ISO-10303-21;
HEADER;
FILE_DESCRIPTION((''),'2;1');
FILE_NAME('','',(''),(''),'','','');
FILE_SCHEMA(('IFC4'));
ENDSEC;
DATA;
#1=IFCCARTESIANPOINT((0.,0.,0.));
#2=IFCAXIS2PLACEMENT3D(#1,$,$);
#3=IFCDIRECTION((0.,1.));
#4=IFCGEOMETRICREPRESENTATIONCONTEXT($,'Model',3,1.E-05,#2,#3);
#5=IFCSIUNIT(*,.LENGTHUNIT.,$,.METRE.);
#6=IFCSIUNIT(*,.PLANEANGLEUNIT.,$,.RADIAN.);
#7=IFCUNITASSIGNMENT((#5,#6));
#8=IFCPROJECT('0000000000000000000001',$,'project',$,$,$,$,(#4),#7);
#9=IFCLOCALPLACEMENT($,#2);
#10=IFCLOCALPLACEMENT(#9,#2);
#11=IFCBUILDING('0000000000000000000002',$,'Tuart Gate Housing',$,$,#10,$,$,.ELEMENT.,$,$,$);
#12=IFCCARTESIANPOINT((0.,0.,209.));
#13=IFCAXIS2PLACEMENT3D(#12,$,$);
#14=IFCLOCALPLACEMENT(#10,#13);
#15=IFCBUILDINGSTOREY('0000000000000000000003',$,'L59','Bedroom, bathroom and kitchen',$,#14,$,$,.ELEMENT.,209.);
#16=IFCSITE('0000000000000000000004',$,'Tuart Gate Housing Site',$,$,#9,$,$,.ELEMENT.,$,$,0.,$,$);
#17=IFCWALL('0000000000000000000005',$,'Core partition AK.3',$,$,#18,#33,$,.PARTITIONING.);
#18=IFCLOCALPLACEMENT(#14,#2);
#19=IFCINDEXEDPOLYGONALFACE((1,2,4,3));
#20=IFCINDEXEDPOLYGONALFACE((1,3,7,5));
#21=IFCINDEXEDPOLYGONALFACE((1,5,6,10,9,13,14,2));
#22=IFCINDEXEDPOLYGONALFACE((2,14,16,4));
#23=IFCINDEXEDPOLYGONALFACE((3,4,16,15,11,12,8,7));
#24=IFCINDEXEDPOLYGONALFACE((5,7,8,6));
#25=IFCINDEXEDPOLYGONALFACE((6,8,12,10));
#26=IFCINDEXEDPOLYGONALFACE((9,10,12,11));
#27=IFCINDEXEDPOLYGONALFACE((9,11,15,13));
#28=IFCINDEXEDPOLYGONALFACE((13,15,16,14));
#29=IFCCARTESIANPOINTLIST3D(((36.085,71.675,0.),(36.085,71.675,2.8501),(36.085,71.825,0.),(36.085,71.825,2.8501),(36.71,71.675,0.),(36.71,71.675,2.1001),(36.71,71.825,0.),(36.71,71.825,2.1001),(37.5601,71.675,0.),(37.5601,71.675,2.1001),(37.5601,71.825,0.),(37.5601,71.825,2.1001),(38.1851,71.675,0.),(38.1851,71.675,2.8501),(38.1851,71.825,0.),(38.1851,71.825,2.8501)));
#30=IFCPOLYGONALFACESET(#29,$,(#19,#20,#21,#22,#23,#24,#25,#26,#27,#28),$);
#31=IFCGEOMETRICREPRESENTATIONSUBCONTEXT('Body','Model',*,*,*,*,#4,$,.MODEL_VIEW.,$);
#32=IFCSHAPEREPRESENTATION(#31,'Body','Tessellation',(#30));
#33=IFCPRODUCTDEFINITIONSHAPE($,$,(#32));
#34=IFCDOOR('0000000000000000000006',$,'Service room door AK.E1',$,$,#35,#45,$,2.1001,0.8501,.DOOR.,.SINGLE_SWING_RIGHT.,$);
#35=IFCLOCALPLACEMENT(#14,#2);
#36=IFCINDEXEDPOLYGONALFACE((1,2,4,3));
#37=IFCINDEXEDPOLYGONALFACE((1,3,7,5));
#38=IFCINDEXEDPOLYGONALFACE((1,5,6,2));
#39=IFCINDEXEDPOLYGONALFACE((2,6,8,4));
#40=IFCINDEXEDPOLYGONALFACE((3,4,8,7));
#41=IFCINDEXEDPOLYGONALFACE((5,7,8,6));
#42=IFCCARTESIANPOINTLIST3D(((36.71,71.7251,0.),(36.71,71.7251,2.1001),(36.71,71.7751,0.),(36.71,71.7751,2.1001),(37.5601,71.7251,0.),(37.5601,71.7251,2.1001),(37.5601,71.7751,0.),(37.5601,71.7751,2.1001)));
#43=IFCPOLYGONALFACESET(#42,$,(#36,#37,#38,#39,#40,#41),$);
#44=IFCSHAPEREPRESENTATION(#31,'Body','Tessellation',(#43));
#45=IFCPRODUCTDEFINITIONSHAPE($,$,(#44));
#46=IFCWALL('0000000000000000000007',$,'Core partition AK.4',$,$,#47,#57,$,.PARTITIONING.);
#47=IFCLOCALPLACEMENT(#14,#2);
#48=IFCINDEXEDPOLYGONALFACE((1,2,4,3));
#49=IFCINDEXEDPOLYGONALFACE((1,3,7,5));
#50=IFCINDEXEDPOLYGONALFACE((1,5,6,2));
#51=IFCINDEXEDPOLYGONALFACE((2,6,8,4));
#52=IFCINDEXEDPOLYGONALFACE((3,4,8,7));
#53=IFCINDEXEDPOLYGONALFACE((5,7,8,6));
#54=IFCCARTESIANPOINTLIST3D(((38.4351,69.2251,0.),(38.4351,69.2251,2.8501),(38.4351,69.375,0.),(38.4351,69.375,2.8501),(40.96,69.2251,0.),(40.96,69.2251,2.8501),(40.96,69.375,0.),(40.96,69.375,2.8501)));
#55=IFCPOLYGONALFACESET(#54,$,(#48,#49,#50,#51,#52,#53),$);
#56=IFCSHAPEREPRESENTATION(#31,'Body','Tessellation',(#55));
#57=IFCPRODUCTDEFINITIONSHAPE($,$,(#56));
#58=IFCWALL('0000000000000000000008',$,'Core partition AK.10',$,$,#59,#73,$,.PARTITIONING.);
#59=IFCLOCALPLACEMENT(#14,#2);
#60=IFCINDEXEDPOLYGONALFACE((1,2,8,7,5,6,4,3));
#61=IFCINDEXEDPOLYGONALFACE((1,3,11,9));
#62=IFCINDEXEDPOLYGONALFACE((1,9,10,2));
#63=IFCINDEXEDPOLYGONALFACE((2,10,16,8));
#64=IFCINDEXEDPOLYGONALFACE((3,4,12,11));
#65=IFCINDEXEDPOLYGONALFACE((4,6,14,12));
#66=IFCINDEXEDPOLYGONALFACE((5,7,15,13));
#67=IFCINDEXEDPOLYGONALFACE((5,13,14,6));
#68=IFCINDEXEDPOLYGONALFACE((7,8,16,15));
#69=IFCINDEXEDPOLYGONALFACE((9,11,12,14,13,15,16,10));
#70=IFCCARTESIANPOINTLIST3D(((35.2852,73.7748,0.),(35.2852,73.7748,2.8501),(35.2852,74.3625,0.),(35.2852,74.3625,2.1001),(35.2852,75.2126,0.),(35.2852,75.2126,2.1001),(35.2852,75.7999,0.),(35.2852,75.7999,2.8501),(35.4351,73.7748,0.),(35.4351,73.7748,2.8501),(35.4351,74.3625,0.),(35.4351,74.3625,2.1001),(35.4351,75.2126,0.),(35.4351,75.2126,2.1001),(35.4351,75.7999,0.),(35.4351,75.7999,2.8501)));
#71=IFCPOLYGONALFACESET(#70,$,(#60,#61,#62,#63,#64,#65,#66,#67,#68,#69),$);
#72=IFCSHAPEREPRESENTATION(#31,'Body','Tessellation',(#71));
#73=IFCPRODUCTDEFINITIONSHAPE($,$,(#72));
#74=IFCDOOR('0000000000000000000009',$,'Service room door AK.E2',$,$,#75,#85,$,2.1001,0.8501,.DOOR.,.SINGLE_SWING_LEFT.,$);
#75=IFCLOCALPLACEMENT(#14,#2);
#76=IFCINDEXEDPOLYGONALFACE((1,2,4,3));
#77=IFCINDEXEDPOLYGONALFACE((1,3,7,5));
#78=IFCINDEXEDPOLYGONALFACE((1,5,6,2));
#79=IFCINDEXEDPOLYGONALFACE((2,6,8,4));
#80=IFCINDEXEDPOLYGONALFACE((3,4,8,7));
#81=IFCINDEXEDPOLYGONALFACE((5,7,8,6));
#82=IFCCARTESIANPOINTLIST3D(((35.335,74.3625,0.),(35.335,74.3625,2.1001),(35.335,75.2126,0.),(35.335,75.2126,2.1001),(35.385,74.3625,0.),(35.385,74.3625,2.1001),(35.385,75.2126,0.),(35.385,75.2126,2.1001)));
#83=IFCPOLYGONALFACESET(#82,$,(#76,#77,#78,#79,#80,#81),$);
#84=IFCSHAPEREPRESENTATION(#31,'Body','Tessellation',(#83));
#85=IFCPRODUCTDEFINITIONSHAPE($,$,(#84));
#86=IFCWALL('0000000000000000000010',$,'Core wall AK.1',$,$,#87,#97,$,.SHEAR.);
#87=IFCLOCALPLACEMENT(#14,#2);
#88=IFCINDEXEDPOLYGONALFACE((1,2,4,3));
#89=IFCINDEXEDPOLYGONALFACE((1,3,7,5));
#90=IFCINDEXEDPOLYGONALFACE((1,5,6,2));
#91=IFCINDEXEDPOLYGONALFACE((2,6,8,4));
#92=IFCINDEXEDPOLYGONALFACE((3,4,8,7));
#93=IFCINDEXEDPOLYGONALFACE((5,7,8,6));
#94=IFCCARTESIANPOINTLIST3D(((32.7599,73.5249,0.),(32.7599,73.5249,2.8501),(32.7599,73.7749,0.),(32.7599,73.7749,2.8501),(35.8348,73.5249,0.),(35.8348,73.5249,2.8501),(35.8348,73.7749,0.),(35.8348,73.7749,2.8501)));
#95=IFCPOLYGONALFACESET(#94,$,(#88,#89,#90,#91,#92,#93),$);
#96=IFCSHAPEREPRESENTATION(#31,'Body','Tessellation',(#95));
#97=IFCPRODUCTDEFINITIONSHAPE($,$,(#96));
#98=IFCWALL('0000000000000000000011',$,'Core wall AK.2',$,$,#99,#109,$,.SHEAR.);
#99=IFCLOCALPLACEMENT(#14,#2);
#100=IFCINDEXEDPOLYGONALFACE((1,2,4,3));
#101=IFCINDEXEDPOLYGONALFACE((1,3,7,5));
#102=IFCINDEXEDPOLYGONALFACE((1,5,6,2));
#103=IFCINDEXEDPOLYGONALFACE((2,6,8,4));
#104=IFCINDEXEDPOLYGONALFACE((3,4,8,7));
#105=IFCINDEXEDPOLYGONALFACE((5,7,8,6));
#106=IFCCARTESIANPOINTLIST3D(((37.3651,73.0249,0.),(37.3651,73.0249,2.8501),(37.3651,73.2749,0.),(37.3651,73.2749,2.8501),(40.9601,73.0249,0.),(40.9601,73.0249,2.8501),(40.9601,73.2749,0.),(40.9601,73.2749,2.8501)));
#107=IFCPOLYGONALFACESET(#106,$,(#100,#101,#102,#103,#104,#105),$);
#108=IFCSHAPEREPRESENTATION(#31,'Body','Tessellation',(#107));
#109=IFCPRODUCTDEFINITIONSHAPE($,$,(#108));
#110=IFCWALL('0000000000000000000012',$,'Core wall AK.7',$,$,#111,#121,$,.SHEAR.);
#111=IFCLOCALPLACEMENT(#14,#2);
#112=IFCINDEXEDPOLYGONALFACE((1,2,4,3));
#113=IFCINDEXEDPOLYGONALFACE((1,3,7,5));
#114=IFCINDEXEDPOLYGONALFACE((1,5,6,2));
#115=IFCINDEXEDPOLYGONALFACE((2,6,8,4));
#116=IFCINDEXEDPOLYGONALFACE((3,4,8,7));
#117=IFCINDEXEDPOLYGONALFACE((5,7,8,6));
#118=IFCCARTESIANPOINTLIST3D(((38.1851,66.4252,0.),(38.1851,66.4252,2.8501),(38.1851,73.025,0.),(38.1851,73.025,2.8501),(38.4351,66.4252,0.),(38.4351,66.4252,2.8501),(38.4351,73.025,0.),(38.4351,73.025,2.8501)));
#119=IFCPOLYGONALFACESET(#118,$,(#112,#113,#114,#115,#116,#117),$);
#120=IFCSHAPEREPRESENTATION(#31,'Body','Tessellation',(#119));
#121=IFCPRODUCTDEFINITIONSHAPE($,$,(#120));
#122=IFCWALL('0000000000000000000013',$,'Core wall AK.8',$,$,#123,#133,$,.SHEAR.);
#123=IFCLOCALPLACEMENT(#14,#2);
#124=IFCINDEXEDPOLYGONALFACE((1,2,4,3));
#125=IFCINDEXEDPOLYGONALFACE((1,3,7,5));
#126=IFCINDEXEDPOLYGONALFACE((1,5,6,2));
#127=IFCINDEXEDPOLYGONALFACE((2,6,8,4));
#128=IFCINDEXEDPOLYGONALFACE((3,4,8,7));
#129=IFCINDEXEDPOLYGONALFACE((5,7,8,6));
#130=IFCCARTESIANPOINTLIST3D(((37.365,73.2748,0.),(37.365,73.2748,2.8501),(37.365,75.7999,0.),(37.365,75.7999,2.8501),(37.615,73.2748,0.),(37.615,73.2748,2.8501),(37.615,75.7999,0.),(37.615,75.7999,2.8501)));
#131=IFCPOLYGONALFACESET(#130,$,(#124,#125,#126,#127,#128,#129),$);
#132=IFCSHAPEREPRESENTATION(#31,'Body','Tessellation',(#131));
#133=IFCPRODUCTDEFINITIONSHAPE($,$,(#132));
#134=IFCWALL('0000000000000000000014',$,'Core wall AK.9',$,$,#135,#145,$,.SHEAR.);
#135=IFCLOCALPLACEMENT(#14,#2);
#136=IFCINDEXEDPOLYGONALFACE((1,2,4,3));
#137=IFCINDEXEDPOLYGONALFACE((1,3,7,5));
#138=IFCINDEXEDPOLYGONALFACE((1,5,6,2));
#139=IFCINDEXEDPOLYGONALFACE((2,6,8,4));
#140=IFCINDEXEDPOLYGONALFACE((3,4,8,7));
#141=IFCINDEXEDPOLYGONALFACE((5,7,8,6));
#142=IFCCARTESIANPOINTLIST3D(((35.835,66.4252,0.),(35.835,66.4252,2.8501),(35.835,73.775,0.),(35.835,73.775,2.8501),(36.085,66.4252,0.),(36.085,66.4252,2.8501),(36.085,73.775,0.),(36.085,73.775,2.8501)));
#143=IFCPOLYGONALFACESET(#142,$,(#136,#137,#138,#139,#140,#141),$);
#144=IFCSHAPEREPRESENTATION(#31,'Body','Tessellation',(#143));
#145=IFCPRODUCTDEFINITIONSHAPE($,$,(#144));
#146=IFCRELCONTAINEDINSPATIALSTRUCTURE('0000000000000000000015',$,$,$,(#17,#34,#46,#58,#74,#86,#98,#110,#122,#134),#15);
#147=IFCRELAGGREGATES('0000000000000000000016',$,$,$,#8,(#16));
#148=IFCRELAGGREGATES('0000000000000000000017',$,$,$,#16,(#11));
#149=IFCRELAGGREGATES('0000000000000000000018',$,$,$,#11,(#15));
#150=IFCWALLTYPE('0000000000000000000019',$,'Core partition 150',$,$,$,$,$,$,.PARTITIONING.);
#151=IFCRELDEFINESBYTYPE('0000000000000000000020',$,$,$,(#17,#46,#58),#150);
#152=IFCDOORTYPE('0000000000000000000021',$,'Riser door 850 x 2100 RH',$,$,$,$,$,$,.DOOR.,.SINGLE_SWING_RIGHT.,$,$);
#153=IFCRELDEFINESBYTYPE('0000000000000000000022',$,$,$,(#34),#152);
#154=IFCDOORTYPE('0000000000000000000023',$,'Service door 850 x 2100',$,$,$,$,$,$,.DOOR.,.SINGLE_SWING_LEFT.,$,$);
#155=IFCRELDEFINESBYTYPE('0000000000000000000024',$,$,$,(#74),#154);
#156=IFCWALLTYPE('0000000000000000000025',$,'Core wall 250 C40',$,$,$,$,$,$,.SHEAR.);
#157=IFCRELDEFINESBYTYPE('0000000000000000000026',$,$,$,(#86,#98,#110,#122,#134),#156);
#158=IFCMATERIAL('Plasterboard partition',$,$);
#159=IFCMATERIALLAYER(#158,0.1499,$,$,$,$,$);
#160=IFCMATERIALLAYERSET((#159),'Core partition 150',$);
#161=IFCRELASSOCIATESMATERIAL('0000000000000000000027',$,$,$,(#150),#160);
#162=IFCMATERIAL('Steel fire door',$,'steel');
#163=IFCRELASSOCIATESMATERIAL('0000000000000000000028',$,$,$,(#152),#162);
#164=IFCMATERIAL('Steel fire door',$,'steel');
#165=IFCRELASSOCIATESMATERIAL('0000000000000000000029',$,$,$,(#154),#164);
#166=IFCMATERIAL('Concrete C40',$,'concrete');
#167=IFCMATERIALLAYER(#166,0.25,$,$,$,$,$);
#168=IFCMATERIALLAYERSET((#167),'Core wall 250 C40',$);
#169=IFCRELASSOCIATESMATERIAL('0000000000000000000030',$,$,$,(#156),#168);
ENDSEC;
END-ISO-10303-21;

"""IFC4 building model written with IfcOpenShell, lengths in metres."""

from ifc_helpers import new_model, si_unit, direction, frame, frame_2d, origin, place, context, subcontext, project, spatial, rectangle, extrude, material, layer, layer_set, type_object, element, fill, save


model = new_model("IFC4")

# Units and contexts
model_context = context("Model", 3, precision=1e-05, world=origin(), true_north=direction((0.0, 1.0)))
body_context = subcontext(model_context, "Body", "Model", "MODEL_VIEW")
ifc_project = project(units=[si_unit("LENGTHUNIT", "METRE"), si_unit("PLANEANGLEUNIT", "RADIAN")], contexts=[model_context])

# Site, building, storey
site_placement = place(None, origin())
site = spatial("IfcSite", under=ifc_project, at=site_placement, Name="Tuart Gate Housing Site", CompositionType="ELEMENT", RefElevation=0.0)
building_placement = place(site_placement, origin())
building = spatial("IfcBuilding", under=site, at=building_placement, Name="Tuart Gate Housing", CompositionType="ELEMENT")
storey_placement = place(building_placement, frame((0.0, 0.0, 209.0)))
storey = spatial("IfcBuildingStorey", under=building, at=storey_placement, Name="L59", Description="Bedroom, bathroom and kitchen", CompositionType="ELEMENT", Elevation=209.0)

# Wall, opening, door
ifc_material_1 = material(Name="Plasterboard partition")
ifc_layer_1 = layer(ifc_material_1, 0.1499)
ifc_layer_set_1 = layer_set([ifc_layer_1], Name="Core partition 150")
wall_type_1 = type_object("IfcWallType", Name="Core partition 150", PredefinedType="PARTITIONING", material=ifc_layer_set_1)
wall_1_placement = place(storey_placement, frame((38.1851, 71.75, 0.0), z_axis=(0.0, 0.0, 1.0), x_axis=(-1.0, 0.0, 0.0)))
wall_1 = element("IfcWall", 1, at=wall_1_placement, inside=storey, type_object=wall_type_1, Name="Core partition AK.3", PredefinedType="PARTITIONING", context=body_context, shape_type="SweptSolid", body=[
    extrude(rectangle(XDim=2.1001, YDim=0.1499, at=frame_2d((1.05, 0.0))), origin(), (0.0, 0.0, 1.0), 2.8501),
])
opening_1_placement = place(wall_1_placement, frame((0.625, 0.0, 0.0)))
opening_1 = element("IfcOpeningElement", 2, at=opening_1_placement, cuts=wall_1, PredefinedType="OPENING", context=body_context, shape_type="SweptSolid", body=[
    extrude(rectangle(XDim=0.8501, YDim=2.1001, at=frame_2d((0.425, 1.05))), frame((0.0, 0.085, 0.0), z_axis=(0.0, -1.0, 0.0), x_axis=(1.0, 0.0, 0.0)), (0.0, 0.0, 1.0), 0.1699),
])
ifc_material_2 = material(Name="Steel fire door", Category="steel")
door_type_1 = type_object("IfcDoorType", Name="Riser door 850 x 2100 RH", OperationType="SINGLE_SWING_RIGHT", PredefinedType="DOOR", material=ifc_material_2)
door_1_placement = place(opening_1_placement, frame((0.8501, 0.0, 0.0), z_axis=(0.0, 0.0, 1.0), x_axis=(-1.0, 0.0, 0.0)))
door_1 = element("IfcDoor", 3, at=door_1_placement, inside=storey, type_object=door_type_1, Name="Service room door AK.E1", OperationType="SINGLE_SWING_RIGHT", OverallHeight=2.1001, OverallWidth=0.8501, PredefinedType="DOOR", context=body_context, shape_type="SweptSolid", body=[
    extrude(rectangle(XDim=0.8501, YDim=2.1001, at=frame_2d((0.425, 1.05))), frame((0.0, 0.0251, 0.0), z_axis=(0.0, -1.0, 0.0), x_axis=(1.0, 0.0, 0.0)), (0.0, 0.0, 1.0), 0.05),
])
fill(opening_1, door_1)

# Wall
wall_2_placement = place(storey_placement, frame((40.96, 69.3, 0.0), z_axis=(0.0, 0.0, 1.0), x_axis=(-1.0, 0.0, 0.0)))
element("IfcWall", 4, at=wall_2_placement, inside=storey, type_object=wall_type_1, Name="Core partition AK.4", PredefinedType="PARTITIONING", context=body_context, shape_type="SweptSolid", body=[
    extrude(rectangle(XDim=2.5249, YDim=0.1499, at=frame_2d((1.2625, 0.0))), origin(), (0.0, 0.0, 1.0), 2.8501),
])

# Wall, opening, door
wall_3_placement = place(storey_placement, frame((35.3601, 75.8, 0.0), z_axis=(0.0, 0.0, 1.0), x_axis=(0.0, -1.0, 0.0)))
wall_3 = element("IfcWall", 5, at=wall_3_placement, inside=storey, type_object=wall_type_1, Name="Core partition AK.10", PredefinedType="PARTITIONING", context=body_context, shape_type="SweptSolid", body=[
    extrude(rectangle(XDim=2.0251, YDim=0.1499, at=frame_2d((1.0127, 0.0))), origin(), (0.0, 0.0, 1.0), 2.8501),
])
opening_2_placement = place(wall_3_placement, frame((0.5874, 0.0, 0.0)))
opening_2 = element("IfcOpeningElement", 6, at=opening_2_placement, cuts=wall_3, PredefinedType="OPENING", context=body_context, shape_type="SweptSolid", body=[
    extrude(rectangle(XDim=0.8501, YDim=2.1001, at=frame_2d((0.425, 1.05))), frame((0.0, 0.085, 0.0), z_axis=(0.0, -1.0, 0.0), x_axis=(1.0, 0.0, 0.0)), (0.0, 0.0, 1.0), 0.1699),
])
ifc_material_3 = material(Name="Steel fire door", Category="steel")
door_type_2 = type_object("IfcDoorType", Name="Service door 850 x 2100", OperationType="SINGLE_SWING_LEFT", PredefinedType="DOOR", material=ifc_material_3)
door_2_placement = place(opening_2_placement, origin())
door_2 = element("IfcDoor", 7, at=door_2_placement, inside=storey, type_object=door_type_2, Name="Service room door AK.E2", OperationType="SINGLE_SWING_LEFT", OverallHeight=2.1001, OverallWidth=0.8501, PredefinedType="DOOR", context=body_context, shape_type="SweptSolid", body=[
    extrude(rectangle(XDim=0.8501, YDim=2.1001, at=frame_2d((0.425, 1.05))), frame((0.0, 0.0249, 0.0), z_axis=(0.0, -1.0, 0.0), x_axis=(1.0, 0.0, 0.0)), (0.0, 0.0, 1.0), 0.05),
])
fill(opening_2, door_2)

# Walls
ifc_material_4 = material(Name="Concrete C40", Category="concrete")
ifc_layer_2 = layer(ifc_material_4, 0.25)
ifc_layer_set_2 = layer_set([ifc_layer_2], Name="Core wall 250 C40")
wall_type_2 = type_object("IfcWallType", Name="Core wall 250 C40", PredefinedType="SHEAR", material=ifc_layer_set_2)
wall_4_placement = place(storey_placement, frame((35.835, 73.6499, 0.0), z_axis=(0.0, 0.0, 1.0), x_axis=(-1.0, 0.0, 0.0)))
element("IfcWall", 8, at=wall_4_placement, inside=storey, type_object=wall_type_2, Name="Core wall AK.1", PredefinedType="SHEAR", context=body_context, shape_type="SweptSolid", body=[
    extrude(rectangle(XDim=3.075, YDim=0.25, at=frame_2d((1.5376, 0.0))), origin(), (0.0, 0.0, 1.0), 2.8501),
])
wall_5_placement = place(storey_placement, frame((40.96, 73.1499, 0.0), z_axis=(0.0, 0.0, 1.0), x_axis=(-1.0, 0.0, 0.0)))
element("IfcWall", 9, at=wall_5_placement, inside=storey, type_object=wall_type_2, Name="Core wall AK.2", PredefinedType="SHEAR", context=body_context, shape_type="SweptSolid", body=[
    extrude(rectangle(XDim=3.595, YDim=0.25, at=frame_2d((1.7974, 0.0))), origin(), (0.0, 0.0, 1.0), 2.8501),
])
wall_6_placement = place(storey_placement, frame((38.3101, 73.0249, 0.0), z_axis=(0.0, 0.0, 1.0), x_axis=(0.0, -1.0, 0.0)))
element("IfcWall", 10, at=wall_6_placement, inside=storey, type_object=wall_type_2, Name="Core wall AK.7", PredefinedType="SHEAR", context=body_context, shape_type="SweptSolid", body=[
    extrude(rectangle(XDim=6.5999, YDim=0.25, at=frame_2d((3.2998, 0.0))), origin(), (0.0, 0.0, 1.0), 2.8501),
])
wall_7_placement = place(storey_placement, frame((37.49, 75.8, 0.0), z_axis=(0.0, 0.0, 1.0), x_axis=(0.0, -1.0, 0.0)))
element("IfcWall", 11, at=wall_7_placement, inside=storey, type_object=wall_type_2, Name="Core wall AK.8", PredefinedType="SHEAR", context=body_context, shape_type="SweptSolid", body=[
    extrude(rectangle(XDim=2.5251, YDim=0.25, at=frame_2d((1.2627, 0.0))), origin(), (0.0, 0.0, 1.0), 2.8501),
])
wall_8_placement = place(storey_placement, frame((35.96, 73.7749, 0.0), z_axis=(0.0, 0.0, 1.0), x_axis=(0.0, -1.0, 0.0)))
element("IfcWall", 12, at=wall_8_placement, inside=storey, type_object=wall_type_2, Name="Core wall AK.9", PredefinedType="SHEAR", context=body_context, shape_type="SweptSolid", body=[
    extrude(rectangle(XDim=7.3499, YDim=0.25, at=frame_2d((3.6748, 0.0))), origin(), (0.0, 0.0, 1.0), 2.8501),
])

save(model, "model.ifc")
